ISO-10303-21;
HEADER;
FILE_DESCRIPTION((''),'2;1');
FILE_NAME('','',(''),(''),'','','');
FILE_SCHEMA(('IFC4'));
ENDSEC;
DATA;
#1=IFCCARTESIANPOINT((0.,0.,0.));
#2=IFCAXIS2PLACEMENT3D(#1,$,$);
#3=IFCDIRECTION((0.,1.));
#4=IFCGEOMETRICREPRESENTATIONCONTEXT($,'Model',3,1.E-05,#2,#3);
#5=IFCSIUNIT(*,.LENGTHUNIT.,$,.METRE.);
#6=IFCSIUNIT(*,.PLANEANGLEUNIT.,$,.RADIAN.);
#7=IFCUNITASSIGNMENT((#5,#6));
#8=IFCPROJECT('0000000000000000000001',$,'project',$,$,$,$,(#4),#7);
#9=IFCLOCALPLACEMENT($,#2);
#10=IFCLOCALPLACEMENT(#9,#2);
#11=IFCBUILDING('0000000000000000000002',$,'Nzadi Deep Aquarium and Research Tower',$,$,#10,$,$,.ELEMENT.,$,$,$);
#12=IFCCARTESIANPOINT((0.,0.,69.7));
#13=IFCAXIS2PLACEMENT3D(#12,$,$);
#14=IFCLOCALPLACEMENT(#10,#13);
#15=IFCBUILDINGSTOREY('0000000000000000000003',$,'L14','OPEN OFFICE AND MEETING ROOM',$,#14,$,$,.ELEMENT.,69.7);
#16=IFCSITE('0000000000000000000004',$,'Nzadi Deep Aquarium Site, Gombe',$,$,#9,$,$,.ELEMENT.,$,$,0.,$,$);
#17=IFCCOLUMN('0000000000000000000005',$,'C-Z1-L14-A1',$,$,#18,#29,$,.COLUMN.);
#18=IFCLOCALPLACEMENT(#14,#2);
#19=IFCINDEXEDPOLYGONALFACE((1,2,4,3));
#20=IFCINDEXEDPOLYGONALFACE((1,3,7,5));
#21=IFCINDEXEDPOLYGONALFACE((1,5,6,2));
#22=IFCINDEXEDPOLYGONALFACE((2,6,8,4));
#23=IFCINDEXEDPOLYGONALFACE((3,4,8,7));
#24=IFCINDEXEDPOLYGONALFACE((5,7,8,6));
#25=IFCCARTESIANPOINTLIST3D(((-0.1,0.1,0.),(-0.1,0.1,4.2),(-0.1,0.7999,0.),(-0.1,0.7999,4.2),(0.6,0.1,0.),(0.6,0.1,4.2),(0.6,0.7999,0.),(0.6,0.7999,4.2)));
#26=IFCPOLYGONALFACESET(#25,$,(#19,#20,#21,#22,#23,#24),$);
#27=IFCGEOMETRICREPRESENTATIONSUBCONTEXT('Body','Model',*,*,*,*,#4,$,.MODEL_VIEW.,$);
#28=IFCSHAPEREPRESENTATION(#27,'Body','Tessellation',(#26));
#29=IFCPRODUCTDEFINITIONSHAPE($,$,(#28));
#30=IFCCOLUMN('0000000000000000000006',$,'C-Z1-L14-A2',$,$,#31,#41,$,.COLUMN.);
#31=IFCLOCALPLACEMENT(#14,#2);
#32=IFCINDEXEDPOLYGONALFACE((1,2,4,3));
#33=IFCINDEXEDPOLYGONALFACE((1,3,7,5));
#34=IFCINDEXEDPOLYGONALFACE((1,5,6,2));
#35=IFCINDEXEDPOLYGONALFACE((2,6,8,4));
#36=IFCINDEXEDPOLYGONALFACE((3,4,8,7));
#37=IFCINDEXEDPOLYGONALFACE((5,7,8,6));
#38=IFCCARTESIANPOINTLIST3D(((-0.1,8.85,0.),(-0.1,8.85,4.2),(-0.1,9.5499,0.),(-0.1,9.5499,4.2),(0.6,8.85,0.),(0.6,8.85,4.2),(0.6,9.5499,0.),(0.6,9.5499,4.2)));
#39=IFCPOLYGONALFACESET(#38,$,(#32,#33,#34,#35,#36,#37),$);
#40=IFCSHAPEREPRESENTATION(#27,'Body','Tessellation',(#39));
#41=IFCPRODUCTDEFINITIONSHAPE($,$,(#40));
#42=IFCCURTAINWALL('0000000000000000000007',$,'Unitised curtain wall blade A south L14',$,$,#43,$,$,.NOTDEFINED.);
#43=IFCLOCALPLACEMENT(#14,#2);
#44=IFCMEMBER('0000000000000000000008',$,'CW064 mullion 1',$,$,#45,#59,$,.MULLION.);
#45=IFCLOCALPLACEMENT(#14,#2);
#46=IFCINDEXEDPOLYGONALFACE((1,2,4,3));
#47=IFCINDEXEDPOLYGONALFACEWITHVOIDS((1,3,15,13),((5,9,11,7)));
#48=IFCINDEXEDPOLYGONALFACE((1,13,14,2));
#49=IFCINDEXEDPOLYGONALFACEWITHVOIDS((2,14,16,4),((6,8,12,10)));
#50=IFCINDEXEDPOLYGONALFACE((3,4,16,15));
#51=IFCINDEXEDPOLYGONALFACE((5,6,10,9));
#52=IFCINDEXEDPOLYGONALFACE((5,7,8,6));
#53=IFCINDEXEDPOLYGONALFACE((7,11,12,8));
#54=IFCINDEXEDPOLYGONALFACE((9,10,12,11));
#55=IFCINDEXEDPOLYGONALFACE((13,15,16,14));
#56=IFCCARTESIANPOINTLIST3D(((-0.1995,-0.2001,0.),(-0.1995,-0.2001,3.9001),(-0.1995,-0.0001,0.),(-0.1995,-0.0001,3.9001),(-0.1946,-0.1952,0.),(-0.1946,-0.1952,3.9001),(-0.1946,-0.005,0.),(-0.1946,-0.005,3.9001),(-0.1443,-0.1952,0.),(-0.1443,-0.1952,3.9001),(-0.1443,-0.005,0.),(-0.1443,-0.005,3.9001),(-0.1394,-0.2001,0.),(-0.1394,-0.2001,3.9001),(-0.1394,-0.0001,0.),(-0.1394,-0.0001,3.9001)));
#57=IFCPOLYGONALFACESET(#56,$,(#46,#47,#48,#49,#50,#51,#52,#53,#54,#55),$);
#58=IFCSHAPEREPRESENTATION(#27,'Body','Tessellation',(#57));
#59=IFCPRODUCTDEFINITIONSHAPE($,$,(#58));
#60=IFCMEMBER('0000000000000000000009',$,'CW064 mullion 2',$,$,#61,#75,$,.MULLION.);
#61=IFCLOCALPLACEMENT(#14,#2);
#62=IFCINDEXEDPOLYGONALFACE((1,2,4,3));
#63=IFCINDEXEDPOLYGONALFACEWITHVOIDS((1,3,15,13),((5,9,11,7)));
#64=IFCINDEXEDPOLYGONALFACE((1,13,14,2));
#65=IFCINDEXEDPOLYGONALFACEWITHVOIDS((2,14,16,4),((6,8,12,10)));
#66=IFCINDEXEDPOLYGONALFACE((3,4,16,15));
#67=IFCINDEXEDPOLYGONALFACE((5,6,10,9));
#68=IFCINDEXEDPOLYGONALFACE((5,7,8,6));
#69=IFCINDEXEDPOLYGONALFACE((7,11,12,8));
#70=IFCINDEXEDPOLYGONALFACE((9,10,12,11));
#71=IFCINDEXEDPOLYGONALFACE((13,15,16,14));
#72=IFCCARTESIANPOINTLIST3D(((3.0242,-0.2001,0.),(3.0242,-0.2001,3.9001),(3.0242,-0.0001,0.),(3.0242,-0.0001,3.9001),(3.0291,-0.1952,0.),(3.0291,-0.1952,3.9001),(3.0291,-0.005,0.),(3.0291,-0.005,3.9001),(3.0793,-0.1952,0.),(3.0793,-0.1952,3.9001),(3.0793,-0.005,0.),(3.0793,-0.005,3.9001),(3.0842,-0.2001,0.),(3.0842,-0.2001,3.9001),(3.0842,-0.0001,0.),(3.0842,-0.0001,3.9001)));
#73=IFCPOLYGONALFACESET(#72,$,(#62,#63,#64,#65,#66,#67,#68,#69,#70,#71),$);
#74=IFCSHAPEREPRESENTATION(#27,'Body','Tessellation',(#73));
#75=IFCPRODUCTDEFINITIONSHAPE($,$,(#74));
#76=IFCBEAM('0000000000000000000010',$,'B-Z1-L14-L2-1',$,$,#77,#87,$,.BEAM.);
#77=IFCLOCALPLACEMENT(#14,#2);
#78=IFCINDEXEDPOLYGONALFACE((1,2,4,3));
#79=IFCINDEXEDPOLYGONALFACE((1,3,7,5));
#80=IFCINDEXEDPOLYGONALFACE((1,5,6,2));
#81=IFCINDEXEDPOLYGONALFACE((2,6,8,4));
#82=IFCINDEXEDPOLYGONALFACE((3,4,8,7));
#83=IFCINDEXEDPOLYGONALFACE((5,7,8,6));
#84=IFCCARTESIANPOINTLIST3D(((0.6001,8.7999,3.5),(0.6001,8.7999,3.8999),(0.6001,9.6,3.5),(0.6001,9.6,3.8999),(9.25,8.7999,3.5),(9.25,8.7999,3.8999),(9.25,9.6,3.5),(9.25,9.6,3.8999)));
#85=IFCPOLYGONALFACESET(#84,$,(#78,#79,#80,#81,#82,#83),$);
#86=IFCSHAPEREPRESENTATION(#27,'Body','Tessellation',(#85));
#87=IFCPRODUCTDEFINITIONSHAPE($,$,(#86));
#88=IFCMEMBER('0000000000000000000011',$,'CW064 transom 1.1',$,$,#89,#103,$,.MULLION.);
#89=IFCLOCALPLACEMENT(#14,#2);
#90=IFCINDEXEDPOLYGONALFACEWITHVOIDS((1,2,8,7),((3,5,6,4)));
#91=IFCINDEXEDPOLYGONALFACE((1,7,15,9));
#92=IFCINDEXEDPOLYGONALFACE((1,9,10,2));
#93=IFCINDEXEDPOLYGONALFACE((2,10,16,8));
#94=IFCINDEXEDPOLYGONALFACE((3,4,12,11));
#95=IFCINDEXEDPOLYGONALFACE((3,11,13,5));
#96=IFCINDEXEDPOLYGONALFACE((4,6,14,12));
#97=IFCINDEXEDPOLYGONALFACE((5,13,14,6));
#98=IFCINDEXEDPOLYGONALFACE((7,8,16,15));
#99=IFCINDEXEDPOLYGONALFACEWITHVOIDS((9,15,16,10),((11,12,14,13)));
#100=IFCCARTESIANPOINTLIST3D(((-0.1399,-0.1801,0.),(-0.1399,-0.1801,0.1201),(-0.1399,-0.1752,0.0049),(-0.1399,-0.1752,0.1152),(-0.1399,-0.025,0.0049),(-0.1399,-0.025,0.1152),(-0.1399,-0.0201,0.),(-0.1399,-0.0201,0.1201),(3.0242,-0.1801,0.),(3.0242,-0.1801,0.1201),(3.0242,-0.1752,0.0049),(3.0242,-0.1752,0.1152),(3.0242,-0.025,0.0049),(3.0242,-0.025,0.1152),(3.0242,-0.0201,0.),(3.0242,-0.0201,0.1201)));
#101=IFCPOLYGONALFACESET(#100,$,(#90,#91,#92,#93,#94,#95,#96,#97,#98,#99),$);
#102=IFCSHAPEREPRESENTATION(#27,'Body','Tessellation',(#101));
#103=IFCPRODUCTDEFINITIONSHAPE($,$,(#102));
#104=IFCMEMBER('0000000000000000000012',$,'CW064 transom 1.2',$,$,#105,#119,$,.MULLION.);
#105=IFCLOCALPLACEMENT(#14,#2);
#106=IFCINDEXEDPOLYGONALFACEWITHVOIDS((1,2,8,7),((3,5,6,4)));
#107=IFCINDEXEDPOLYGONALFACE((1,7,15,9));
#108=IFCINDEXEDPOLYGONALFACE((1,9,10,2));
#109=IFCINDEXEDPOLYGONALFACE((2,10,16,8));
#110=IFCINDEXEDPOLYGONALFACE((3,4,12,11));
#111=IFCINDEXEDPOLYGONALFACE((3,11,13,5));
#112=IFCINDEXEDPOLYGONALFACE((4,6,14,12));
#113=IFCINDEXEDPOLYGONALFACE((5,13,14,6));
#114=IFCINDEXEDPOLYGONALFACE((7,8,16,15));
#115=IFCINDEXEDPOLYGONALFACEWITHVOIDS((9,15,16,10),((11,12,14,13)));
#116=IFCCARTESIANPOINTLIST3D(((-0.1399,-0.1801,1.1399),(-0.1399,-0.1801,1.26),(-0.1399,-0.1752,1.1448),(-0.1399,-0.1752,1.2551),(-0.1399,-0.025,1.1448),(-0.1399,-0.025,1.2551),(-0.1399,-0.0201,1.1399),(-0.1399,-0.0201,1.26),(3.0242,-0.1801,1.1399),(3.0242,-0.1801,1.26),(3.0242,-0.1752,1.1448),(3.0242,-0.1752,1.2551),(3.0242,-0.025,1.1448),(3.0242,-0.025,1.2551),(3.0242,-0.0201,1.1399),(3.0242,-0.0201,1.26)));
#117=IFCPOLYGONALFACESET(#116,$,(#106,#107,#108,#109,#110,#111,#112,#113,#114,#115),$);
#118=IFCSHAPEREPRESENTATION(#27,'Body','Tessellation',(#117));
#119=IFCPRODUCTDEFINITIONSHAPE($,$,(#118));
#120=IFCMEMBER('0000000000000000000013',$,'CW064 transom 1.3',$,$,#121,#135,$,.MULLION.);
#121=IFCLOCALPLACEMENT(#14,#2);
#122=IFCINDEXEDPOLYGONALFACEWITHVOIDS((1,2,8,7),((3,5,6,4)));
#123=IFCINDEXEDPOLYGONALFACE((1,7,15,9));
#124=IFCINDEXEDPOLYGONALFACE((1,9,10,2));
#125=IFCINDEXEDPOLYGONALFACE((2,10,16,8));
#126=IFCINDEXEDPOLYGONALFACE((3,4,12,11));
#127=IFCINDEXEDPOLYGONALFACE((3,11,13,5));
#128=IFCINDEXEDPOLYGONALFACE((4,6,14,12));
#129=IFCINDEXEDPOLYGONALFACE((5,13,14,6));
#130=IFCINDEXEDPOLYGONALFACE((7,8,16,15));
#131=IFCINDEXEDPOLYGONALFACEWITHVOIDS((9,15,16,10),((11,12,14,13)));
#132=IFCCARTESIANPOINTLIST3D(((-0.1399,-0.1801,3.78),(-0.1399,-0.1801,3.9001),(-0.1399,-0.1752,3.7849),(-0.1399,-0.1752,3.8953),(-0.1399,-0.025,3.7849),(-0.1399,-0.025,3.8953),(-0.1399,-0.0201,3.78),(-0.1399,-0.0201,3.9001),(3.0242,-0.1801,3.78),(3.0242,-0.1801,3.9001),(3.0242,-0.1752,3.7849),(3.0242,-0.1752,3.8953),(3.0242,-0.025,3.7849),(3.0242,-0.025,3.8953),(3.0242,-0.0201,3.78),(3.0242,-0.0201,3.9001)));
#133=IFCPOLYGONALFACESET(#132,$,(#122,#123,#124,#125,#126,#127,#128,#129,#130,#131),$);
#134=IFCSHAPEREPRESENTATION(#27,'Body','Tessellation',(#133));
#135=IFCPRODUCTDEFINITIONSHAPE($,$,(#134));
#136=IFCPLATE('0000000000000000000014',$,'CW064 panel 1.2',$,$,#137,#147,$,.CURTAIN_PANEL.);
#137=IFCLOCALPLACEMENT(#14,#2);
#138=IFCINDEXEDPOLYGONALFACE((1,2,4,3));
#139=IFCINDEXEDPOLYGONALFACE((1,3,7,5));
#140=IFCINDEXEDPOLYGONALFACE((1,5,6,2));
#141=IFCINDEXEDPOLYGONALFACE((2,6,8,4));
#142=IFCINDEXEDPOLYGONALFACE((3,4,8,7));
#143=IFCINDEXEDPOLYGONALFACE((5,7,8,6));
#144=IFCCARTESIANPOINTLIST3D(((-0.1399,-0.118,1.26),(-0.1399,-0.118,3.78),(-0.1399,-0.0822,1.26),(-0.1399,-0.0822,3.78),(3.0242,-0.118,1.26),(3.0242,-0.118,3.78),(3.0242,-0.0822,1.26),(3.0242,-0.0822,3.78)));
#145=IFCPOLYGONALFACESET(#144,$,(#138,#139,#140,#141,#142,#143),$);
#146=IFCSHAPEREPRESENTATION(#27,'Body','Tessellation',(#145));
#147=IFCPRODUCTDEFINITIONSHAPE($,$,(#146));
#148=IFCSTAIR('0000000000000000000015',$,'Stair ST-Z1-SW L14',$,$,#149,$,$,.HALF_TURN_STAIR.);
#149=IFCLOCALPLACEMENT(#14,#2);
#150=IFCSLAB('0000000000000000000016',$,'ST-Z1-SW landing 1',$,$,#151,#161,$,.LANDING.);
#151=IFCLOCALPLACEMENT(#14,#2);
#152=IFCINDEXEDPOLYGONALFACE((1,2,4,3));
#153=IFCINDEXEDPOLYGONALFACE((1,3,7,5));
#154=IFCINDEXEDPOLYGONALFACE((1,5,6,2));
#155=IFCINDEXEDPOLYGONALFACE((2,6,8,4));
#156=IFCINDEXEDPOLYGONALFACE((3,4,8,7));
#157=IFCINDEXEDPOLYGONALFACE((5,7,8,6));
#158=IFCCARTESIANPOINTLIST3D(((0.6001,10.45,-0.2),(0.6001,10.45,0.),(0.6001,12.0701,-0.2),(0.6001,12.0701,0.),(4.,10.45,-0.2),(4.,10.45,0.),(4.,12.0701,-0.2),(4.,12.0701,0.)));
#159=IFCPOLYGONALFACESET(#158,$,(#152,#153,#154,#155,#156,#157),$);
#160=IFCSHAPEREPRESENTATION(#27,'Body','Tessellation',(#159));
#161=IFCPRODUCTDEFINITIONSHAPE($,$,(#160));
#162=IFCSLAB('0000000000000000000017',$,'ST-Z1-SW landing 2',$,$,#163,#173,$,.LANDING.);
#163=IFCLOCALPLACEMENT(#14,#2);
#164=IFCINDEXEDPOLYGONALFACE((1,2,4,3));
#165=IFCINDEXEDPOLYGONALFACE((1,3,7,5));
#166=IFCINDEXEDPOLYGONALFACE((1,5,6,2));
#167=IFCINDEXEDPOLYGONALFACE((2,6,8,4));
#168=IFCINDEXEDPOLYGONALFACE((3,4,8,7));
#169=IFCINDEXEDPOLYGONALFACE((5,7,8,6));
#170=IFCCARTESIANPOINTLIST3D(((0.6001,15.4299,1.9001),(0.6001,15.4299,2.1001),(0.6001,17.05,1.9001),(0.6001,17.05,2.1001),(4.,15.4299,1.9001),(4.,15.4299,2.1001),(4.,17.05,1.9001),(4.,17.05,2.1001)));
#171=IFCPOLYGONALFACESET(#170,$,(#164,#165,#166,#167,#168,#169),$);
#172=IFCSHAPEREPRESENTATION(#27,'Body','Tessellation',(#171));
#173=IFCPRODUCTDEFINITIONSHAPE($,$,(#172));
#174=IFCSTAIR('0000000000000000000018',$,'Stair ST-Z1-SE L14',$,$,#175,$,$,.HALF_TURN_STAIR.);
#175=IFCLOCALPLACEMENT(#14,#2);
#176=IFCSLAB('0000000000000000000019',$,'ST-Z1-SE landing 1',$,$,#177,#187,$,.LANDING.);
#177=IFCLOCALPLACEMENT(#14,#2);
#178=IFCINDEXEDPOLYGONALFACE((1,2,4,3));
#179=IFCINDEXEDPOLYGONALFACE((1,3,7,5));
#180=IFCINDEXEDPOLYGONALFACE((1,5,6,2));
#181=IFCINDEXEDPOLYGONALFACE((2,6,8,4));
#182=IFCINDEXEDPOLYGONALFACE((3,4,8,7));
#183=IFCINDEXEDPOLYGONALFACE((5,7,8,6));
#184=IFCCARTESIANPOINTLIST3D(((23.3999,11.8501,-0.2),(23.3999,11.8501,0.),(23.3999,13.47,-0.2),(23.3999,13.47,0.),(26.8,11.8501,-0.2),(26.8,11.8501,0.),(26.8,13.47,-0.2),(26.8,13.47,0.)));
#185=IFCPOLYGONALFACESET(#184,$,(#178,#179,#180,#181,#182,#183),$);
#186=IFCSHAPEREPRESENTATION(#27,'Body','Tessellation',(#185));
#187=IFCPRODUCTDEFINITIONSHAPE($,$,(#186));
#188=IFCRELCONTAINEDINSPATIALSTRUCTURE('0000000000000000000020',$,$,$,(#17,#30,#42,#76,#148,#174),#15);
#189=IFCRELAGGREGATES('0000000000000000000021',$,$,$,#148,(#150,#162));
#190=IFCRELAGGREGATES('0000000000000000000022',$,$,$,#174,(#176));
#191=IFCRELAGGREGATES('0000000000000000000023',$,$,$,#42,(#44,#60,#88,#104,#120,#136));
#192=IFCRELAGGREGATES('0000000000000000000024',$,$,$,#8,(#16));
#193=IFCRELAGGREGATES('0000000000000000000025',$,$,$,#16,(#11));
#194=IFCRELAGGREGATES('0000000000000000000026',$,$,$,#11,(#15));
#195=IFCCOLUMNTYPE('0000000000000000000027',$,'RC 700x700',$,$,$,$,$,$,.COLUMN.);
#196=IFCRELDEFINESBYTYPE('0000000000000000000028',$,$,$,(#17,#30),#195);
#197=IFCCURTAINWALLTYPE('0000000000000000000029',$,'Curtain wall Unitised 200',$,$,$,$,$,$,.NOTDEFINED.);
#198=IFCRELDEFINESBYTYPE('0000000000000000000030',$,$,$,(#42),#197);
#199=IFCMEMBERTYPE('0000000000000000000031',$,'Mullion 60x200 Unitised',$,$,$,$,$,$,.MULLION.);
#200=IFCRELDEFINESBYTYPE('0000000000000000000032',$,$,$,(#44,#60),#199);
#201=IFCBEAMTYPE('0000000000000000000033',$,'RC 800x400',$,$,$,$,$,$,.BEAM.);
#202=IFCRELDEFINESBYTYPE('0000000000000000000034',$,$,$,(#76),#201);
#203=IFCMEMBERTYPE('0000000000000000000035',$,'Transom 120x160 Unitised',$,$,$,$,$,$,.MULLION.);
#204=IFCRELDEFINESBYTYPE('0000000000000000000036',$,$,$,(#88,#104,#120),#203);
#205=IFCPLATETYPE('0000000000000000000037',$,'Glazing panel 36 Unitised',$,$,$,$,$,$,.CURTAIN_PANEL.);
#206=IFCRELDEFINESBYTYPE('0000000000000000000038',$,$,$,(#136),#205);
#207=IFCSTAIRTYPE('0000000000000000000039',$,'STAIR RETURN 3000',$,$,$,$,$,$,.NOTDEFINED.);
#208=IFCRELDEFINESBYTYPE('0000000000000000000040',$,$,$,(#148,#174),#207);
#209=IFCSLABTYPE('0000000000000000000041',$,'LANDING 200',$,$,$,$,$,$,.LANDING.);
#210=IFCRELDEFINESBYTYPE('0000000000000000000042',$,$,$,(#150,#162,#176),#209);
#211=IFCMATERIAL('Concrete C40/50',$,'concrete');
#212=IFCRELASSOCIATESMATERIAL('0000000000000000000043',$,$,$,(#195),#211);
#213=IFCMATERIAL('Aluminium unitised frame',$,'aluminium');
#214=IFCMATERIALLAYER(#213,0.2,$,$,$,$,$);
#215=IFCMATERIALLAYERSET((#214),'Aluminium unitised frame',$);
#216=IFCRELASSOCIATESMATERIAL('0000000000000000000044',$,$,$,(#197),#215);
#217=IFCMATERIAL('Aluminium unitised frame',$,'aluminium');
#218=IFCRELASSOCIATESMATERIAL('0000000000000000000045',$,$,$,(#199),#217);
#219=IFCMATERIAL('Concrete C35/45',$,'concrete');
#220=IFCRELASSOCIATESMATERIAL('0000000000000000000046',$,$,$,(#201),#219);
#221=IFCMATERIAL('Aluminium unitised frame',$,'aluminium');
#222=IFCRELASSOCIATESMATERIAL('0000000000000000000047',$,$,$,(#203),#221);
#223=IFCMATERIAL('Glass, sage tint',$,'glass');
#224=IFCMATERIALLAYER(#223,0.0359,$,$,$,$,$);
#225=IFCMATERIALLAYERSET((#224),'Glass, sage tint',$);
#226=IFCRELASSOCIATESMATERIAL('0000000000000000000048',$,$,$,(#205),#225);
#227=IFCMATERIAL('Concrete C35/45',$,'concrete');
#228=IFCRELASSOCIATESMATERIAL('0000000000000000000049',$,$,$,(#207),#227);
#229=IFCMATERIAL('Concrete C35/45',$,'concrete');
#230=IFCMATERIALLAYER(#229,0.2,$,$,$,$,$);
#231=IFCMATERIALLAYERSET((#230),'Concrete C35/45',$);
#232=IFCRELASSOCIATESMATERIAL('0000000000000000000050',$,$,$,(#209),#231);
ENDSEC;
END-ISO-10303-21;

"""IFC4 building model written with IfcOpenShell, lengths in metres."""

from ifc_helpers import new_model, si_unit, direction, frame, origin, origin_2d, place, context, subcontext, project, spatial, polyline, rectangle, hollow_rectangle, outline, extrude, material, layer, layer_set, material_profile, profile_set, type_object, element, aggregate, save


model = new_model("IFC4")

# Units and contexts
model_context = context("Model", 3, precision=1e-05, world=origin(), true_north=direction((0.0, 1.0)))
body_context = subcontext(model_context, "Body", "Model", "MODEL_VIEW")
ifc_project = project(units=[si_unit("LENGTHUNIT", "METRE"), si_unit("PLANEANGLEUNIT", "RADIAN")], contexts=[model_context])

# Site, building, storey
site_placement = place(None, origin())
site = spatial("IfcSite", under=ifc_project, at=site_placement, Name="Nzadi Deep Aquarium Site, Gombe", CompositionType="ELEMENT", RefElevation=0.0)
building_placement = place(site_placement, origin())
building = spatial("IfcBuilding", under=site, at=building_placement, Name="Nzadi Deep Aquarium and Research Tower", CompositionType="ELEMENT")
storey_placement = place(building_placement, frame((0.0, 0.0, 69.7)))
storey = spatial("IfcBuildingStorey", under=building, at=storey_placement, Name="L14", Description="OPEN OFFICE AND MEETING ROOM", CompositionType="ELEMENT", Elevation=69.7)

# Columns
ifc_material_1 = material(Name="Concrete C40/50", Category="concrete")
ifc_material_profile_1 = material_profile(ifc_material_1, rectangle(XDim=0.7, YDim=0.7, at=origin_2d()))
ifc_profile_set_1 = profile_set([ifc_material_profile_1], Name="Concrete C40/50")
column_type = type_object("IfcColumnType", Name="RC 700x700", PredefinedType="COLUMN", material=ifc_profile_set_1)
for number, where, z_axis, x_axis, name in (
    (1, (0.25, 0.45, 0.0), (0.0, 0.0, 1.0), (1.0, 0.0, 0.0), "C-Z1-L14-A1"),
    (2, (0.25, 9.2, 0.0), (0.0, 0.0, 1.0), (1.0, 0.0, 0.0), "C-Z1-L14-A2"),
):
    element("IfcColumn", number, at=place(storey_placement, frame(where, z_axis=z_axis, x_axis=x_axis)), inside=storey, type_object=column_type, Name=name, PredefinedType="COLUMN", context=body_context, shape_type="SweptSolid", body=[
        extrude(rectangle(XDim=0.7, YDim=0.7, at=origin_2d()), origin(), (0.0, 0.0, 1.0), 4.2),
    ])

# Curtain wall, members
ifc_material_2 = material(Name="Aluminium unitised frame", Category="aluminium")
ifc_layer_1 = layer(ifc_material_2, 0.2)
ifc_layer_set_1 = layer_set([ifc_layer_1], Name="Aluminium unitised frame")
curtain_wall_type = type_object("IfcCurtainWallType", Name="Curtain wall Unitised 200", PredefinedType="NOTDEFINED", material=ifc_layer_set_1)
curtain_wall_placement = place(storey_placement, origin())
curtain_wall = element("IfcCurtainWall", 3, at=curtain_wall_placement, inside=storey, type_object=curtain_wall_type, Name="Unitised curtain wall blade A south L14", PredefinedType="NOTDEFINED")
ifc_material_3 = material(Name="Aluminium unitised frame", Category="aluminium")
ifc_material_profile_2 = material_profile(ifc_material_3, hollow_rectangle(XDim=0.2, YDim=0.0601, WallThickness=0.0049, at=origin_2d()))
ifc_profile_set_2 = profile_set([ifc_material_profile_2], Name="Aluminium unitised frame")
member_type_1 = type_object("IfcMemberType", Name="Mullion 60x200 Unitised", PredefinedType="MULLION", material=ifc_profile_set_2)
member_1_placement = place(storey_placement, frame((-0.1694, -0.1001, 0.0), z_axis=(0.0, 0.0, 1.0), x_axis=(0.0, 1.0, 0.0)))
member_1 = element("IfcMember", 4, at=member_1_placement, type_object=member_type_1, Name="CW064 mullion 1", PredefinedType="MULLION", context=body_context, shape_type="SweptSolid", body=[
    extrude(hollow_rectangle(XDim=0.2, YDim=0.0601, WallThickness=0.0049, at=origin_2d()), origin(), (0.0, 0.0, 1.0), 3.9001),
])
member_2_placement = place(storey_placement, frame((3.0542, -0.1001, 0.0), z_axis=(0.0, 0.0, 1.0), x_axis=(0.0, 1.0, 0.0)))
member_2 = element("IfcMember", 5, at=member_2_placement, type_object=member_type_1, Name="CW064 mullion 2", PredefinedType="MULLION", context=body_context, shape_type="SweptSolid", body=[
    extrude(hollow_rectangle(XDim=0.2, YDim=0.0601, WallThickness=0.0049, at=origin_2d()), origin(), (0.0, 0.0, 1.0), 3.9001),
])

# Beam
ifc_material_4 = material(Name="Concrete C35/45", Category="concrete")
ifc_material_profile_3 = material_profile(ifc_material_4, rectangle(XDim=0.8, YDim=0.3999, at=origin_2d()))
ifc_profile_set_3 = profile_set([ifc_material_profile_3], Name="Concrete C35/45")
beam_type = type_object("IfcBeamType", Name="RC 800x400", PredefinedType="BEAM", material=ifc_profile_set_3)
beam_placement = place(storey_placement, frame((0.6001, 9.2, 3.7), z_axis=(1.0, 0.0, 0.0), x_axis=(0.0, 1.0, 0.0)))
element("IfcBeam", 6, at=beam_placement, inside=storey, type_object=beam_type, Name="B-Z1-L14-L2-1", PredefinedType="BEAM", context=body_context, shape_type="SweptSolid", body=[
    extrude(rectangle(XDim=0.8, YDim=0.3999, at=origin_2d()), origin(), (0.0, 0.0, 1.0), 8.6499),
])

# Members
ifc_material_5 = material(Name="Aluminium unitised frame", Category="aluminium")
ifc_material_profile_4 = material_profile(ifc_material_5, hollow_rectangle(XDim=0.1599, YDim=0.1201, WallThickness=0.0049, at=origin_2d()))
ifc_profile_set_4 = profile_set([ifc_material_profile_4], Name="Aluminium unitised frame")
member_type_2 = type_object("IfcMemberType", Name="Transom 120x160 Unitised", PredefinedType="MULLION", material=ifc_profile_set_4)
member_3_placement = place(storey_placement, frame((-0.1399, -0.1001, 0.0601), z_axis=(1.0, 0.0, 0.0), x_axis=(0.0, 1.0, 0.0)))
member_3 = element("IfcMember", 7, at=member_3_placement, type_object=member_type_2, Name="CW064 transom 1.1", PredefinedType="MULLION", context=body_context, shape_type="SweptSolid", body=[
    extrude(hollow_rectangle(XDim=0.1599, YDim=0.1201, WallThickness=0.0049, at=origin_2d()), origin(), (0.0, 0.0, 1.0), 3.1641),
])
member_4_placement = place(storey_placement, frame((-0.1399, -0.1001, 1.2), z_axis=(1.0, 0.0, 0.0), x_axis=(0.0, 1.0, 0.0)))
member_4 = element("IfcMember", 8, at=member_4_placement, type_object=member_type_2, Name="CW064 transom 1.2", PredefinedType="MULLION", context=body_context, shape_type="SweptSolid", body=[
    extrude(hollow_rectangle(XDim=0.1599, YDim=0.1201, WallThickness=0.0049, at=origin_2d()), origin(), (0.0, 0.0, 1.0), 3.1641),
])
member_5_placement = place(storey_placement, frame((-0.1399, -0.1001, 3.8401), z_axis=(1.0, 0.0, 0.0), x_axis=(0.0, 1.0, 0.0)))
member_5 = element("IfcMember", 9, at=member_5_placement, type_object=member_type_2, Name="CW064 transom 1.3", PredefinedType="MULLION", context=body_context, shape_type="SweptSolid", body=[
    extrude(hollow_rectangle(XDim=0.1599, YDim=0.1201, WallThickness=0.0049, at=origin_2d()), origin(), (0.0, 0.0, 1.0), 3.1641),
])

# Plate
ifc_material_6 = material(Name="Glass, sage tint", Category="glass")
ifc_layer_2 = layer(ifc_material_6, 0.0359)
ifc_layer_set_2 = layer_set([ifc_layer_2], Name="Glass, sage tint")
plate_type_1 = type_object("IfcPlateType", Name="Glazing panel 36 Unitised", PredefinedType="CURTAIN_PANEL", material=ifc_layer_set_2)
plate_1_placement = place(storey_placement, frame((1.4421, -0.1001, 1.26), z_axis=(0.0, 0.0, 1.0), x_axis=(1.0, 0.0, 0.0)))
plate_1 = element("IfcPlate", 10, at=plate_1_placement, type_object=plate_type_1, Name="CW064 panel 1.2", PredefinedType="CURTAIN_PANEL", context=body_context, shape_type="SweptSolid", body=[
    extrude(rectangle(XDim=3.1641, YDim=0.0359, at=origin_2d()), origin(), (0.0, 0.0, 1.0), 2.52),
])

# Stairs, slabs
ifc_material_7 = material(Name="Concrete C35/45", Category="concrete")
stair_type = type_object("IfcStairType", Name="STAIR RETURN 3000", PredefinedType="NOTDEFINED", material=ifc_material_7)
stair_1_placement = place(storey_placement, origin())
stair_1 = element("IfcStair", 11, at=stair_1_placement, inside=storey, type_object=stair_type, Name="Stair ST-Z1-SW L14", PredefinedType="HALF_TURN_STAIR")
ifc_material_8 = material(Name="Concrete C35/45", Category="concrete")
ifc_layer_3 = layer(ifc_material_8, 0.2)
ifc_layer_set_3 = layer_set([ifc_layer_3], Name="Concrete C35/45")
slab_type_1 = type_object("IfcSlabType", Name="LANDING 200", PredefinedType="LANDING", material=ifc_layer_set_3)
slab_1_placement = place(storey_placement, frame((0.0, 0.0, -0.2)))
slab_1 = element("IfcSlab", 12, at=slab_1_placement, type_object=slab_type_1, Name="ST-Z1-SW landing 1", PredefinedType="LANDING", context=body_context, shape_type="SweptSolid", body=[
    extrude(outline(polyline([(0.6001, 10.45), (4.0, 10.45), (4.0, 12.0701), (0.6001, 12.0701), (0.6001, 10.45)])), origin(), (0.0, 0.0, 1.0), 0.2),
])
slab_2_placement = place(storey_placement, frame((0.0, 0.0, 1.9001)))
slab_2 = element("IfcSlab", 13, at=slab_2_placement, type_object=slab_type_1, Name="ST-Z1-SW landing 2", PredefinedType="LANDING", context=body_context, shape_type="SweptSolid", body=[
    extrude(outline(polyline([(0.6001, 15.4299), (4.0, 15.4299), (4.0, 17.05), (0.6001, 17.05), (0.6001, 15.4299)])), origin(), (0.0, 0.0, 1.0), 0.2),
])
aggregate(stair_1, [slab_1, slab_2])
stair_2_placement = place(storey_placement, origin())
stair_2 = element("IfcStair", 14, at=stair_2_placement, inside=storey, type_object=stair_type, Name="Stair ST-Z1-SE L14", PredefinedType="HALF_TURN_STAIR")
slab_3_placement = place(storey_placement, frame((0.0, 0.0, -0.2)))
slab_3 = element("IfcSlab", 15, at=slab_3_placement, type_object=slab_type_1, Name="ST-Z1-SE landing 1", PredefinedType="LANDING", context=body_context, shape_type="SweptSolid", body=[
    extrude(outline(polyline([(23.3999, 11.8501), (26.8, 11.8501), (26.8, 13.47), (23.3999, 13.47), (23.3999, 11.8501)])), origin(), (0.0, 0.0, 1.0), 0.2),
])
aggregate(stair_2, [slab_3])

aggregate(curtain_wall, [member_1, member_2, member_3, member_4, member_5, plate_1])

save(model, "model.ifc")
